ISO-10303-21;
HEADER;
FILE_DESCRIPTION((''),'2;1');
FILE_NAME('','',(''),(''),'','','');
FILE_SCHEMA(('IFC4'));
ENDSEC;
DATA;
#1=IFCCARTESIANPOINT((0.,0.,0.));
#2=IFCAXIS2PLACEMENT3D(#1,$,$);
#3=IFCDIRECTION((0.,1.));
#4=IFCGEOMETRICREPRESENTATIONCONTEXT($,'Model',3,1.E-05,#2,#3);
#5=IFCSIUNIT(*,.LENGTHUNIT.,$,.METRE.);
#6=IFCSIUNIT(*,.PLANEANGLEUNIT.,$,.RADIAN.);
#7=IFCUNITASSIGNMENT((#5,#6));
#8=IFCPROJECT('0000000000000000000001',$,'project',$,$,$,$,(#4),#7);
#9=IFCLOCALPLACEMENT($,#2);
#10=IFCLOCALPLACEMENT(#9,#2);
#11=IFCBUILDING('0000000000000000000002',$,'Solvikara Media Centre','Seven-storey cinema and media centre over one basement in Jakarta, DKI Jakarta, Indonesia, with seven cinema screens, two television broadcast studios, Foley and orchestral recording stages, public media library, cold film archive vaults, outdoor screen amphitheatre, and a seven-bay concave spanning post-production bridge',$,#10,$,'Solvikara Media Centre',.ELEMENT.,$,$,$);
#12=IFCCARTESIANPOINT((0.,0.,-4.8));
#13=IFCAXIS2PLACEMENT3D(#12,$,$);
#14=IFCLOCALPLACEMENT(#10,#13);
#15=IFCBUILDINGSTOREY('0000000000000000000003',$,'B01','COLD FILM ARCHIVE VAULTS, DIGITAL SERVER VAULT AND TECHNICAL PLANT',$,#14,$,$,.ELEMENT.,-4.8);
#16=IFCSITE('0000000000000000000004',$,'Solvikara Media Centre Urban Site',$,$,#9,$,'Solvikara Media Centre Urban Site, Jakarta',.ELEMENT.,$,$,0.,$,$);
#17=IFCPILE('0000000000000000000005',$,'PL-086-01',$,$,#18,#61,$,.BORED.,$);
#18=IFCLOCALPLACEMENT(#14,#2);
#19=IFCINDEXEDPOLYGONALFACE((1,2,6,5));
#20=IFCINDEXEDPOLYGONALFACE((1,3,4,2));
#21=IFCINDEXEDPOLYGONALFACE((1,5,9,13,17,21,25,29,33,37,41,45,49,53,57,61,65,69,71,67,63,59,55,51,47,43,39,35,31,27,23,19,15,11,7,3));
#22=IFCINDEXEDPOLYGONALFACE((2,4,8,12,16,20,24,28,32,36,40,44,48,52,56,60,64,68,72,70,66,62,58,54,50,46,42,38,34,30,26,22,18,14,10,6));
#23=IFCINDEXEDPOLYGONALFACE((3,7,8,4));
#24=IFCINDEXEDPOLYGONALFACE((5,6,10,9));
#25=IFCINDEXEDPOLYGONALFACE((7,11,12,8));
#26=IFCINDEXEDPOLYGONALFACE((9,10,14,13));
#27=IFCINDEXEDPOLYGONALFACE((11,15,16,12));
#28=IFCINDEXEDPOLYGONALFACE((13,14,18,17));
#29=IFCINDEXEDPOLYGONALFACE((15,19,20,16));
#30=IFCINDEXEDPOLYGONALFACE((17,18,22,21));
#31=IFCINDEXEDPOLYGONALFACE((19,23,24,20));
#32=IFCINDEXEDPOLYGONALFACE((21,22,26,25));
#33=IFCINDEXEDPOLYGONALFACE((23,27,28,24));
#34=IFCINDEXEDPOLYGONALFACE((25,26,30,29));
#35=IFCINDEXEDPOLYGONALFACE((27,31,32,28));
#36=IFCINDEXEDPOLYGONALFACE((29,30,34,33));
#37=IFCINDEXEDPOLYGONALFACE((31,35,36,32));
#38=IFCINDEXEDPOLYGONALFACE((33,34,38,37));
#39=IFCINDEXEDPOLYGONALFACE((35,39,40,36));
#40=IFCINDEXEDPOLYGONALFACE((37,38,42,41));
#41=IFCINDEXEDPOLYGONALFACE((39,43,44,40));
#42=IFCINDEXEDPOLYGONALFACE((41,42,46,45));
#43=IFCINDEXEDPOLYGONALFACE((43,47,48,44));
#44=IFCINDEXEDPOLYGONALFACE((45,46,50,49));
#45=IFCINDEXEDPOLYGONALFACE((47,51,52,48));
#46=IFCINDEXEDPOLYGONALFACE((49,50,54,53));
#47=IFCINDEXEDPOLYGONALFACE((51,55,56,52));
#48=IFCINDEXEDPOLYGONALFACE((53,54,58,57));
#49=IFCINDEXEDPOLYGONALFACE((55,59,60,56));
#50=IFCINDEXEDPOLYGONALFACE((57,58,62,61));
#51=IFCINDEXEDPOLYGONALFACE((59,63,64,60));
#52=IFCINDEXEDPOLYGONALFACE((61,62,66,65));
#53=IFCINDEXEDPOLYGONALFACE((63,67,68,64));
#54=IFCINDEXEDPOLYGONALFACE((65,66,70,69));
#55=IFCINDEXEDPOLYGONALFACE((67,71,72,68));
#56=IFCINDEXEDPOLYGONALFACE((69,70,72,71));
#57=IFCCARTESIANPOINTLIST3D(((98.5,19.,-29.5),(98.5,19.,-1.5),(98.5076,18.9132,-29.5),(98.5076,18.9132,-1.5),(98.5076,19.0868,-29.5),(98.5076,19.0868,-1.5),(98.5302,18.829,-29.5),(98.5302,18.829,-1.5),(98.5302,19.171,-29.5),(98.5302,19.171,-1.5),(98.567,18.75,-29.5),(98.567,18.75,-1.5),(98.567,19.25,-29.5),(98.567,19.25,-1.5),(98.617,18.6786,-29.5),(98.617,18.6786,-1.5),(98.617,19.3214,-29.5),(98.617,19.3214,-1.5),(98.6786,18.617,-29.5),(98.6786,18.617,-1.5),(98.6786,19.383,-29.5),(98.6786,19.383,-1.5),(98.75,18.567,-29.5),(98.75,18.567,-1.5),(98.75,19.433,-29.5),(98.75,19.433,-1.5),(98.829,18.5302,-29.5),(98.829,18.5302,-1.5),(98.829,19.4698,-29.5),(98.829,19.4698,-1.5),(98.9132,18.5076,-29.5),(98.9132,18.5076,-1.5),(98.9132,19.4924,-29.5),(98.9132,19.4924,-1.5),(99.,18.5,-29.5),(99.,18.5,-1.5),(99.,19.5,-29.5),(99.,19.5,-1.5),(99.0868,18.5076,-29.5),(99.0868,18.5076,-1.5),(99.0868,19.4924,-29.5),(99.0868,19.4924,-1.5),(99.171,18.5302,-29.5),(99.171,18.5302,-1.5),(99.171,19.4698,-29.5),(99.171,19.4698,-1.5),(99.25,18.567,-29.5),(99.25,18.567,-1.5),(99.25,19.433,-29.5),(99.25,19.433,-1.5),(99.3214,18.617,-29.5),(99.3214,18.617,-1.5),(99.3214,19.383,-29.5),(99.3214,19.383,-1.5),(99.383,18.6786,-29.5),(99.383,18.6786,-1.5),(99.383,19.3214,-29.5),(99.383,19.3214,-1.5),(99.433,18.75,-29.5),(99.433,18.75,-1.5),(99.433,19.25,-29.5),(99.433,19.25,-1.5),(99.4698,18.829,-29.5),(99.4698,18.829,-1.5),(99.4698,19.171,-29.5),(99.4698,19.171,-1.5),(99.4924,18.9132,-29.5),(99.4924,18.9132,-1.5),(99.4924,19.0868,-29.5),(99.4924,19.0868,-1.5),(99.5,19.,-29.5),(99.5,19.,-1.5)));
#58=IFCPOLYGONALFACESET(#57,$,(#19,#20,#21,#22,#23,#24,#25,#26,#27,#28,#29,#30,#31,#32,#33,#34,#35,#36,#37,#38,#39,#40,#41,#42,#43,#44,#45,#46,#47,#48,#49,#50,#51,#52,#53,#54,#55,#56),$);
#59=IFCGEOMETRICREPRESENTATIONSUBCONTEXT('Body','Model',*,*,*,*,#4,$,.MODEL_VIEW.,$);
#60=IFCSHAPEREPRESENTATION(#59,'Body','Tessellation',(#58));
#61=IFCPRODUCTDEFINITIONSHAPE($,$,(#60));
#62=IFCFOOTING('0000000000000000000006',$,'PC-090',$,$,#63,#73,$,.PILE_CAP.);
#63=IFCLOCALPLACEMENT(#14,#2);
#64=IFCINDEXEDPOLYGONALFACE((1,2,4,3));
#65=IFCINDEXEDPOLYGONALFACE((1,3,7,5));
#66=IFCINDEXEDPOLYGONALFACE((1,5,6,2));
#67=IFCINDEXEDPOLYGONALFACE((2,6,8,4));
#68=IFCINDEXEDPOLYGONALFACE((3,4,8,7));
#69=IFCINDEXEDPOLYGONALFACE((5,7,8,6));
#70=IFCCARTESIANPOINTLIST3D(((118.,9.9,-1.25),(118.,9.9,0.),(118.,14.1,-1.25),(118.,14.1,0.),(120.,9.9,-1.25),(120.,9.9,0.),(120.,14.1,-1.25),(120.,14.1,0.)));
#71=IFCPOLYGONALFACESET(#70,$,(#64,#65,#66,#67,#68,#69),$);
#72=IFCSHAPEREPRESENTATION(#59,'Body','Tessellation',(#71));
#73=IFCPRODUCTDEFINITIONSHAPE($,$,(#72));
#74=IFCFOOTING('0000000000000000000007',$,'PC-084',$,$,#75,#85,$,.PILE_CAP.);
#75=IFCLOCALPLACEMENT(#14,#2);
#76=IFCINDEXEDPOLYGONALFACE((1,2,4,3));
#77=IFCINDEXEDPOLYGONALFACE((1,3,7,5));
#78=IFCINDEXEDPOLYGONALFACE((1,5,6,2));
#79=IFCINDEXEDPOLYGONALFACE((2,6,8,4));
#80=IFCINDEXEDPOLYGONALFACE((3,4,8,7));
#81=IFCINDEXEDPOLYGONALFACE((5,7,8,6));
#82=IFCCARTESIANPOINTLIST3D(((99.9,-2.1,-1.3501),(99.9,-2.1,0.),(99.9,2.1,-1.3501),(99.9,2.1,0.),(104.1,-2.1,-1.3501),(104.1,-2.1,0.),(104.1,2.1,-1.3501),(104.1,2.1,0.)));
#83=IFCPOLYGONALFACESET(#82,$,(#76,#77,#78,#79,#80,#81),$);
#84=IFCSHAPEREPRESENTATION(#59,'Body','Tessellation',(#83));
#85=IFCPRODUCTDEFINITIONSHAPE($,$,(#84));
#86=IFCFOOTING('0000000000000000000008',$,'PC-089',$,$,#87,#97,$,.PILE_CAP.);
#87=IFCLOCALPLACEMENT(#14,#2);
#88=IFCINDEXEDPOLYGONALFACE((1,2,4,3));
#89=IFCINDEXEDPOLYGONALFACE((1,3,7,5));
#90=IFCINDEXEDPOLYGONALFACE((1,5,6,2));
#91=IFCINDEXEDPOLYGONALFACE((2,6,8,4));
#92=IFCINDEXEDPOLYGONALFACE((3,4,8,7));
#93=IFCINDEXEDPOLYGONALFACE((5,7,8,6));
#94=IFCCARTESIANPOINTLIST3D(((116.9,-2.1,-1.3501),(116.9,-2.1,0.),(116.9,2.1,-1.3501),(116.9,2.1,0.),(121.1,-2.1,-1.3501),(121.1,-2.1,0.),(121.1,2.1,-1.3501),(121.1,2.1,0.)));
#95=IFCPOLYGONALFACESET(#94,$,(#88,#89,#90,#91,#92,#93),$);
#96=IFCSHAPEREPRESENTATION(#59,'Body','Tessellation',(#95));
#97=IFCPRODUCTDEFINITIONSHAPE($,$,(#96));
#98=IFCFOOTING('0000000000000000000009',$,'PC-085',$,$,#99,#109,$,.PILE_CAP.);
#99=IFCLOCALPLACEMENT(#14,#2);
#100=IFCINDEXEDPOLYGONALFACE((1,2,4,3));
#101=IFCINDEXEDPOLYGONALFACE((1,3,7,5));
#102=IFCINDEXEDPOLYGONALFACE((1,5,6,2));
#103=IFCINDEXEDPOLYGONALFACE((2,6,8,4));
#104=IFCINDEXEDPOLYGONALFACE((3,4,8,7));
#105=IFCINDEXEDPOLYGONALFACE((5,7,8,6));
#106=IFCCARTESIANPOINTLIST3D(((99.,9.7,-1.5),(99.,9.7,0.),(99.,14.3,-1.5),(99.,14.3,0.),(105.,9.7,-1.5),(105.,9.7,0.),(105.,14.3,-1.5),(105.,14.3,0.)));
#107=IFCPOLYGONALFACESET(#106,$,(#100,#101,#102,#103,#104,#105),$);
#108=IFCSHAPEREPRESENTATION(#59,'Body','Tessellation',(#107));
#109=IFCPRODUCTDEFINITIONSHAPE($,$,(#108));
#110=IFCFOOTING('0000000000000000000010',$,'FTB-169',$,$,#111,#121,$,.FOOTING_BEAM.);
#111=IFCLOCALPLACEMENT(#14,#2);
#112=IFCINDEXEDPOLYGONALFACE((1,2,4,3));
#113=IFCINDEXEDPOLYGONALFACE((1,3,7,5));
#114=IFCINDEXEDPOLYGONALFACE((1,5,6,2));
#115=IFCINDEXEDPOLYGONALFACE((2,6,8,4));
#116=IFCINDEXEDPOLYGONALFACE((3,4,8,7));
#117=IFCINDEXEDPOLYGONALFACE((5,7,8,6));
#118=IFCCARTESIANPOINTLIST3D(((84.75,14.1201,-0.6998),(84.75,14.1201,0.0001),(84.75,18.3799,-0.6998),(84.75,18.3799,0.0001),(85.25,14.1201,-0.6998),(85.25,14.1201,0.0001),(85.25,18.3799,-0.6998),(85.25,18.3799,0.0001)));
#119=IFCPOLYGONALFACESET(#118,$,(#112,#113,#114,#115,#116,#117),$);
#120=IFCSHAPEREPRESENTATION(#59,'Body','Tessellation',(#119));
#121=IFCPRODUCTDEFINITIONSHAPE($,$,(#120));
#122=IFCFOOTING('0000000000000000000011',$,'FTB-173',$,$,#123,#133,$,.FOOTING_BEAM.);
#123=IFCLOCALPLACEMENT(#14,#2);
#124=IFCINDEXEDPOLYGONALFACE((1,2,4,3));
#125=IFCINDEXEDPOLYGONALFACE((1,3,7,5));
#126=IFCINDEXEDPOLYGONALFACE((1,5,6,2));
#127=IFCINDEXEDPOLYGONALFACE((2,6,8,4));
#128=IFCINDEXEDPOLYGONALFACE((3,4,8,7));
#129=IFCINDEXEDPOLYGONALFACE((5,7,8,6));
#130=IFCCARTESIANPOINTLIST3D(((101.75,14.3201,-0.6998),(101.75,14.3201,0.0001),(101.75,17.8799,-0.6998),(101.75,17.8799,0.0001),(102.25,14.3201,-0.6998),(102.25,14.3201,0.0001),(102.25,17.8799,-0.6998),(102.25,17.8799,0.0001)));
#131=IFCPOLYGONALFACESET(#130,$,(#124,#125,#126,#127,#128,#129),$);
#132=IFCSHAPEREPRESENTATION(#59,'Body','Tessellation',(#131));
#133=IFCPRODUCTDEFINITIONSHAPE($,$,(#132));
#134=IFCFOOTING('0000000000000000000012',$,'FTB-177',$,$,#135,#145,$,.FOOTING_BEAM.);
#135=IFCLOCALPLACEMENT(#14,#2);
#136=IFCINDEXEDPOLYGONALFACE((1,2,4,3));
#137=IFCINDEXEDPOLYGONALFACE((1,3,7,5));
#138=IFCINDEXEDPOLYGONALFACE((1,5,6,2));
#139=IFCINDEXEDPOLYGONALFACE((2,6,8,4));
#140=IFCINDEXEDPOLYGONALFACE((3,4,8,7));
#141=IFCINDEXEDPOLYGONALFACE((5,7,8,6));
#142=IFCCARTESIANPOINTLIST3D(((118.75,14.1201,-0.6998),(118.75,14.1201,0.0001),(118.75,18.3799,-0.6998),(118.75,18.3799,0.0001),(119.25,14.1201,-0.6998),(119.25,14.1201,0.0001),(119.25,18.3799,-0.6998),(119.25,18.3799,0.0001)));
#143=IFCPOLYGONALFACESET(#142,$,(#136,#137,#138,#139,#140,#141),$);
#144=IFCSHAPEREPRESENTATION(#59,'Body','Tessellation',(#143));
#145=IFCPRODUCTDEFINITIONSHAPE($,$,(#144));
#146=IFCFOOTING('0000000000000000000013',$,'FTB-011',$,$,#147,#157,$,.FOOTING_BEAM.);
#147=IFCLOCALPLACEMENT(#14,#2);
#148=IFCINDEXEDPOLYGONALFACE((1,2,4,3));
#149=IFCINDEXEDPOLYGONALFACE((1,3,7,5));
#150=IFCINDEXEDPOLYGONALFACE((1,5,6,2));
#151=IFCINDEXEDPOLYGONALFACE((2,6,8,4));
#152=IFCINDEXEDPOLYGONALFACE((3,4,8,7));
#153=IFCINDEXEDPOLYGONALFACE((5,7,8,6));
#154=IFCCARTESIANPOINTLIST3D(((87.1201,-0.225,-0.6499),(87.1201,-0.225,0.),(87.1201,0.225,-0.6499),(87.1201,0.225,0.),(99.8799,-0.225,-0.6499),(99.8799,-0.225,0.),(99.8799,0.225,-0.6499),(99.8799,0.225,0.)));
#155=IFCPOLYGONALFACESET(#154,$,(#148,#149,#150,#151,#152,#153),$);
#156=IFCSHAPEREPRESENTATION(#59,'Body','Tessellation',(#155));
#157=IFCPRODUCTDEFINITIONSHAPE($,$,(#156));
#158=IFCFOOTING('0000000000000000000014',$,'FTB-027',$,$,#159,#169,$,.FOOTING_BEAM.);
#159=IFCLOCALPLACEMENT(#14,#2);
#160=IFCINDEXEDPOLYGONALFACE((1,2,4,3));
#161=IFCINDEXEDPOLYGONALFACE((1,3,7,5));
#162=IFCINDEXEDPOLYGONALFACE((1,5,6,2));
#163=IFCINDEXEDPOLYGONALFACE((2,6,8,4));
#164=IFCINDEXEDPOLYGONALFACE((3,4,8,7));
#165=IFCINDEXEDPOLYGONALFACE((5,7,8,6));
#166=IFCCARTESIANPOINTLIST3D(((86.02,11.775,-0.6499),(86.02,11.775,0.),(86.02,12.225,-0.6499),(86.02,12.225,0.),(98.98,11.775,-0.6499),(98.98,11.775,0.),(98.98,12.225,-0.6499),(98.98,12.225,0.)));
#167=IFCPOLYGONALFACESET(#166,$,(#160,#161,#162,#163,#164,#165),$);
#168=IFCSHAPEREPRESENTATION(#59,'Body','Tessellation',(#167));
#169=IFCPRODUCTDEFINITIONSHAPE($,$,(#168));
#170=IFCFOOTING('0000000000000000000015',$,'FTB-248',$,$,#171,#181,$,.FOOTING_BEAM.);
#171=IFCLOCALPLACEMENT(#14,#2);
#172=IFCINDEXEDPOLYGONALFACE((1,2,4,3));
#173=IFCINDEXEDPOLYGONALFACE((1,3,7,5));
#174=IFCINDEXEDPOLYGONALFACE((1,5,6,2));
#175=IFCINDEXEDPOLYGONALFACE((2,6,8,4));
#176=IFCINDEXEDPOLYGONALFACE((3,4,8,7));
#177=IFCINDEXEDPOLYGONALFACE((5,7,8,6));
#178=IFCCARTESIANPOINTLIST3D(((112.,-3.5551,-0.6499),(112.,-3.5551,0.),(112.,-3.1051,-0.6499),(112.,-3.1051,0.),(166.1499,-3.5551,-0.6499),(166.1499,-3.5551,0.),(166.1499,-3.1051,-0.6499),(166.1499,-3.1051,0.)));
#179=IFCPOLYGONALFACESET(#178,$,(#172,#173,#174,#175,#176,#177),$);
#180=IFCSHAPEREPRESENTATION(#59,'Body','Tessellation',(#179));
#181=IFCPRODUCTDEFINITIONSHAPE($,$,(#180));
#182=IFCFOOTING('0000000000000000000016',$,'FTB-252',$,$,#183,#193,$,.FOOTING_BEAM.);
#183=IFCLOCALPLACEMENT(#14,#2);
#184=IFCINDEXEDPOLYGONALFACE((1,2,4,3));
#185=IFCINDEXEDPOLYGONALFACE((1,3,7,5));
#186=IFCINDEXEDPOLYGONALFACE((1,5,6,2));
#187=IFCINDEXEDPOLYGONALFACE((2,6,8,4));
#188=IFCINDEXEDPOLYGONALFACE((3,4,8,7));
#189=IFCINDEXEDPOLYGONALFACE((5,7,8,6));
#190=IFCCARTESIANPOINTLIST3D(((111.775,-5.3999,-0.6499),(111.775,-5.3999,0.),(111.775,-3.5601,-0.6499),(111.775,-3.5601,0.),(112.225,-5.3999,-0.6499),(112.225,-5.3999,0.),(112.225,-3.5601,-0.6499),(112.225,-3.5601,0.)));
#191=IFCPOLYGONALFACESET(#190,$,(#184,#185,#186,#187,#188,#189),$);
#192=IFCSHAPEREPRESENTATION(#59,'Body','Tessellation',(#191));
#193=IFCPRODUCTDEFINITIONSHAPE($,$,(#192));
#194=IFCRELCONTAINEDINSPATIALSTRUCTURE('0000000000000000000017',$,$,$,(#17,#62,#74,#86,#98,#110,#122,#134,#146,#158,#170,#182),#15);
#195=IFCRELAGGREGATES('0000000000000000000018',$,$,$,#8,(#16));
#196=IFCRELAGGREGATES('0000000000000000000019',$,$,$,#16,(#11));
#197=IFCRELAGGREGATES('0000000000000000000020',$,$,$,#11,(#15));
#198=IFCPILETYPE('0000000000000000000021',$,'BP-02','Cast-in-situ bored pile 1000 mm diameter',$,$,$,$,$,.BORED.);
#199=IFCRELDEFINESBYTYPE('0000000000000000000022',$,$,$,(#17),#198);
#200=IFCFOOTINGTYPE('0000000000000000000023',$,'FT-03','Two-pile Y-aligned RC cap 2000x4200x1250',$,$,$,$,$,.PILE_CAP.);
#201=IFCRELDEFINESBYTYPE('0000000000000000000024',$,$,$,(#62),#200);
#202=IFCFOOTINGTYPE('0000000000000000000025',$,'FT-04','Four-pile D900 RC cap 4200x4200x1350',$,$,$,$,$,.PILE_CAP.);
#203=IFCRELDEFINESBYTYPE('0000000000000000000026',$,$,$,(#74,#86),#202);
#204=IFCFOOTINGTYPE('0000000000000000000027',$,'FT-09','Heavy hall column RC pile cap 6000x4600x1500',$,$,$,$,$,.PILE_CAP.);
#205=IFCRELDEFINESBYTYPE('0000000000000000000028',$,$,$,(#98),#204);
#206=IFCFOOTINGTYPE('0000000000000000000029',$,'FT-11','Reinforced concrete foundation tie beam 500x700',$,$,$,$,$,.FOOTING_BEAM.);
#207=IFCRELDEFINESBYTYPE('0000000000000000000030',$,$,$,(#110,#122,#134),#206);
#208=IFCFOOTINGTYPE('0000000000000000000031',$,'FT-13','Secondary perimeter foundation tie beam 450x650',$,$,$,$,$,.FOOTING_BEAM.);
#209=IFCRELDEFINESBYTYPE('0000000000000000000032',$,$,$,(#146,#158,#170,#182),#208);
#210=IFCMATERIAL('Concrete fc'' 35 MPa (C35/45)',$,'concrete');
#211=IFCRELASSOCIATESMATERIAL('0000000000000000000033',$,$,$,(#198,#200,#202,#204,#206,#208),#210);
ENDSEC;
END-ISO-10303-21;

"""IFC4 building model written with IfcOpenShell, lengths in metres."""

from ifc_helpers import new_model, si_unit, direction, frame, origin, origin_2d, place, context, subcontext, project, spatial, rectangle, circle, extrude, material, material_profile, profile_set, type_object, element, save


model = new_model("IFC4")

# Units and contexts
model_context = context("Model", 3, precision=1e-05, world=origin(), true_north=direction((0.0, 1.0)))
body_context = subcontext(model_context, "Body", "Model", "MODEL_VIEW")
ifc_project = project(units=[si_unit("LENGTHUNIT", "METRE"), si_unit("PLANEANGLEUNIT", "RADIAN")], contexts=[model_context])

# Site, building, storey
site_placement = place(None, origin())
site = spatial("IfcSite", under=ifc_project, at=site_placement, Name="Solvikara Media Centre Urban Site", LongName="Solvikara Media Centre Urban Site, Jakarta", CompositionType="ELEMENT", RefElevation=0.0)
building_placement = place(site_placement, origin())
building = spatial("IfcBuilding", under=site, at=building_placement, Name="Solvikara Media Centre", Description="Seven-storey cinema and media centre over one basement in Jakarta, DKI Jakarta, Indonesia, with seven cinema screens, two television broadcast studios, Foley and orchestral recording stages, public media library, cold film archive vaults, outdoor screen amphitheatre, and a seven-bay concave spanning post-production bridge", LongName="Solvikara Media Centre", CompositionType="ELEMENT")
storey_placement = place(building_placement, frame((0.0, 0.0, -4.8)))
storey = spatial("IfcBuildingStorey", under=building, at=storey_placement, Name="B01", Description="COLD FILM ARCHIVE VAULTS, DIGITAL SERVER VAULT AND TECHNICAL PLANT", CompositionType="ELEMENT", Elevation=-4.8)

# Pile
ifc_material_1 = material(Name="Concrete fc' 35 MPa (C35/45)", Category="concrete")
ifc_material_profile_1 = material_profile(ifc_material_1, circle(Radius=0.5, at=origin_2d()), Name="BORED PILE D1000")
ifc_profile_set_1 = profile_set([ifc_material_profile_1], Name="Concrete fc' 35 MPa (C35/45)")
pile_type_1 = type_object("IfcPileType", Name="BP-02", Description="Cast-in-situ bored pile 1000 mm diameter", PredefinedType="BORED", material=ifc_profile_set_1)
for number, where, z_axis, x_axis, name in (
    (1, (99.0, 19.0, -1.5), (0.0, 0.0, -1.0), (1.0, 0.0, 0.0), "PL-086-01"),
):
    element("IfcPile", number, at=place(storey_placement, frame(where, z_axis=z_axis, x_axis=x_axis)), inside=storey, type_object=pile_type_1, Name=name, PredefinedType="BORED", context=body_context, shape_type="SweptSolid", body=[
        extrude(circle(Radius=0.5, at=origin_2d()), origin(), (0.0, 0.0, 1.0), 28.0),
    ])

# Footings
footing_type_1 = type_object("IfcFootingType", Name="FT-03", Description="Two-pile Y-aligned RC cap 2000x4200x1250", PredefinedType="PILE_CAP", material=ifc_material_1)
footing_1_placement = place(storey_placement, frame((119.0, 12.0, -1.25), z_axis=(0.0, 0.0, 1.0), x_axis=(1.0, 0.0, 0.0)))
element("IfcFooting", 2, at=footing_1_placement, inside=storey, type_object=footing_type_1, Name="PC-090", PredefinedType="PILE_CAP", context=body_context, shape_type="SweptSolid", body=[
    extrude(rectangle(XDim=2.0, YDim=4.2, at=origin_2d()), origin(), (0.0, 0.0, 1.0), 1.25),
])
footing_type_2 = type_object("IfcFootingType", Name="FT-04", Description="Four-pile D900 RC cap 4200x4200x1350", PredefinedType="PILE_CAP", material=ifc_material_1)
for number, where, z_axis, x_axis, name in (
    (3, (102.0, 0.0, -1.3501), (0.0, 0.0, 1.0), (1.0, 0.0, 0.0), "PC-084"),
    (4, (119.0, 0.0, -1.3501), (0.0, 0.0, 1.0), (1.0, 0.0, 0.0), "PC-089"),
):
    element("IfcFooting", number, at=place(storey_placement, frame(where, z_axis=z_axis, x_axis=x_axis)), inside=storey, type_object=footing_type_2, Name=name, PredefinedType="PILE_CAP", context=body_context, shape_type="SweptSolid", body=[
        extrude(rectangle(XDim=4.2, YDim=4.2, at=origin_2d()), origin(), (0.0, 0.0, 1.0), 1.3501),
    ])
footing_type_3 = type_object("IfcFootingType", Name="FT-09", Description="Heavy hall column RC pile cap 6000x4600x1500", PredefinedType="PILE_CAP", material=ifc_material_1)
footing_2_placement = place(storey_placement, frame((102.0, 12.0, -1.5), z_axis=(0.0, 0.0, 1.0), x_axis=(1.0, 0.0, 0.0)))
element("IfcFooting", 5, at=footing_2_placement, inside=storey, type_object=footing_type_3, Name="PC-085", PredefinedType="PILE_CAP", context=body_context, shape_type="SweptSolid", body=[
    extrude(rectangle(XDim=6.0, YDim=4.6001, at=origin_2d()), origin(), (0.0, 0.0, 1.0), 1.5),
])
ifc_material_profile_2 = material_profile(ifc_material_1, rectangle(XDim=0.5, YDim=0.7, at=origin_2d()), Name="RC 500x700")
ifc_profile_set_2 = profile_set([ifc_material_profile_2], Name="Concrete fc' 35 MPa (C35/45)")
footing_type_4 = type_object("IfcFootingType", Name="FT-11", Description="Reinforced concrete foundation tie beam 500x700", PredefinedType="FOOTING_BEAM", material=ifc_profile_set_2)
footing_3_placement = place(storey_placement, frame((85.0, 14.1201, -0.3499), z_axis=(0.0, 1.0, 0.0), x_axis=(-1.0, 0.0, 0.0)))
element("IfcFooting", 6, at=footing_3_placement, inside=storey, type_object=footing_type_4, Name="FTB-169", PredefinedType="FOOTING_BEAM", context=body_context, shape_type="SweptSolid", body=[
    extrude(rectangle(XDim=0.5, YDim=0.7, at=origin_2d()), origin(), (0.0, 0.0, 1.0), 4.2598),
])
footing_4_placement = place(storey_placement, frame((102.0, 14.3201, -0.3499), z_axis=(0.0, 1.0, 0.0), x_axis=(-1.0, 0.0, 0.0)))
element("IfcFooting", 7, at=footing_4_placement, inside=storey, type_object=footing_type_4, Name="FTB-173", PredefinedType="FOOTING_BEAM", context=body_context, shape_type="SweptSolid", body=[
    extrude(rectangle(XDim=0.5, YDim=0.7, at=origin_2d()), origin(), (0.0, 0.0, 1.0), 3.5598),
])
footing_5_placement = place(storey_placement, frame((119.0, 14.1201, -0.3499), z_axis=(0.0, 1.0, 0.0), x_axis=(-1.0, 0.0, 0.0)))
element("IfcFooting", 8, at=footing_5_placement, inside=storey, type_object=footing_type_4, Name="FTB-177", PredefinedType="FOOTING_BEAM", context=body_context, shape_type="SweptSolid", body=[
    extrude(rectangle(XDim=0.5, YDim=0.7, at=origin_2d()), origin(), (0.0, 0.0, 1.0), 4.2598),
])
ifc_material_profile_3 = material_profile(ifc_material_1, rectangle(XDim=0.45, YDim=0.6499, at=origin_2d()), Name="RC 450x650")
ifc_profile_set_3 = profile_set([ifc_material_profile_3], Name="Concrete fc' 35 MPa (C35/45)")
footing_type_5 = type_object("IfcFootingType", Name="FT-13", Description="Secondary perimeter foundation tie beam 450x650", PredefinedType="FOOTING_BEAM", material=ifc_profile_set_3)
footing_6_placement = place(storey_placement, frame((87.1201, 0.0, -0.325), z_axis=(1.0, 0.0, 0.0), x_axis=(0.0, 1.0, 0.0)))
element("IfcFooting", 9, at=footing_6_placement, inside=storey, type_object=footing_type_5, Name="FTB-011", PredefinedType="FOOTING_BEAM", context=body_context, shape_type="SweptSolid", body=[
    extrude(rectangle(XDim=0.45, YDim=0.6499, at=origin_2d()), origin(), (0.0, 0.0, 1.0), 12.7598),
])
footing_7_placement = place(storey_placement, frame((86.02, 12.0, -0.325), z_axis=(1.0, 0.0, 0.0), x_axis=(0.0, 1.0, 0.0)))
element("IfcFooting", 10, at=footing_7_placement, inside=storey, type_object=footing_type_5, Name="FTB-027", PredefinedType="FOOTING_BEAM", context=body_context, shape_type="SweptSolid", body=[
    extrude(rectangle(XDim=0.45, YDim=0.6499, at=origin_2d()), origin(), (0.0, 0.0, 1.0), 12.96),
])
footing_8_placement = place(storey_placement, frame((112.0, -3.3301, -0.325), z_axis=(1.0, 0.0, 0.0), x_axis=(0.0, 1.0, 0.0)))
element("IfcFooting", 11, at=footing_8_placement, inside=storey, type_object=footing_type_5, Name="FTB-248", PredefinedType="FOOTING_BEAM", context=body_context, shape_type="SweptSolid", body=[
    extrude(rectangle(XDim=0.45, YDim=0.6499, at=origin_2d()), origin(), (0.0, 0.0, 1.0), 54.1499),
])
footing_9_placement = place(storey_placement, frame((112.0, -5.3999, -0.325), z_axis=(0.0, 1.0, 0.0), x_axis=(-1.0, 0.0, 0.0)))
element("IfcFooting", 12, at=footing_9_placement, inside=storey, type_object=footing_type_5, Name="FTB-252", PredefinedType="FOOTING_BEAM", context=body_context, shape_type="SweptSolid", body=[
    extrude(rectangle(XDim=0.45, YDim=0.6499, at=origin_2d()), origin(), (0.0, 0.0, 1.0), 1.8398),
])

save(model, "model.ifc")
